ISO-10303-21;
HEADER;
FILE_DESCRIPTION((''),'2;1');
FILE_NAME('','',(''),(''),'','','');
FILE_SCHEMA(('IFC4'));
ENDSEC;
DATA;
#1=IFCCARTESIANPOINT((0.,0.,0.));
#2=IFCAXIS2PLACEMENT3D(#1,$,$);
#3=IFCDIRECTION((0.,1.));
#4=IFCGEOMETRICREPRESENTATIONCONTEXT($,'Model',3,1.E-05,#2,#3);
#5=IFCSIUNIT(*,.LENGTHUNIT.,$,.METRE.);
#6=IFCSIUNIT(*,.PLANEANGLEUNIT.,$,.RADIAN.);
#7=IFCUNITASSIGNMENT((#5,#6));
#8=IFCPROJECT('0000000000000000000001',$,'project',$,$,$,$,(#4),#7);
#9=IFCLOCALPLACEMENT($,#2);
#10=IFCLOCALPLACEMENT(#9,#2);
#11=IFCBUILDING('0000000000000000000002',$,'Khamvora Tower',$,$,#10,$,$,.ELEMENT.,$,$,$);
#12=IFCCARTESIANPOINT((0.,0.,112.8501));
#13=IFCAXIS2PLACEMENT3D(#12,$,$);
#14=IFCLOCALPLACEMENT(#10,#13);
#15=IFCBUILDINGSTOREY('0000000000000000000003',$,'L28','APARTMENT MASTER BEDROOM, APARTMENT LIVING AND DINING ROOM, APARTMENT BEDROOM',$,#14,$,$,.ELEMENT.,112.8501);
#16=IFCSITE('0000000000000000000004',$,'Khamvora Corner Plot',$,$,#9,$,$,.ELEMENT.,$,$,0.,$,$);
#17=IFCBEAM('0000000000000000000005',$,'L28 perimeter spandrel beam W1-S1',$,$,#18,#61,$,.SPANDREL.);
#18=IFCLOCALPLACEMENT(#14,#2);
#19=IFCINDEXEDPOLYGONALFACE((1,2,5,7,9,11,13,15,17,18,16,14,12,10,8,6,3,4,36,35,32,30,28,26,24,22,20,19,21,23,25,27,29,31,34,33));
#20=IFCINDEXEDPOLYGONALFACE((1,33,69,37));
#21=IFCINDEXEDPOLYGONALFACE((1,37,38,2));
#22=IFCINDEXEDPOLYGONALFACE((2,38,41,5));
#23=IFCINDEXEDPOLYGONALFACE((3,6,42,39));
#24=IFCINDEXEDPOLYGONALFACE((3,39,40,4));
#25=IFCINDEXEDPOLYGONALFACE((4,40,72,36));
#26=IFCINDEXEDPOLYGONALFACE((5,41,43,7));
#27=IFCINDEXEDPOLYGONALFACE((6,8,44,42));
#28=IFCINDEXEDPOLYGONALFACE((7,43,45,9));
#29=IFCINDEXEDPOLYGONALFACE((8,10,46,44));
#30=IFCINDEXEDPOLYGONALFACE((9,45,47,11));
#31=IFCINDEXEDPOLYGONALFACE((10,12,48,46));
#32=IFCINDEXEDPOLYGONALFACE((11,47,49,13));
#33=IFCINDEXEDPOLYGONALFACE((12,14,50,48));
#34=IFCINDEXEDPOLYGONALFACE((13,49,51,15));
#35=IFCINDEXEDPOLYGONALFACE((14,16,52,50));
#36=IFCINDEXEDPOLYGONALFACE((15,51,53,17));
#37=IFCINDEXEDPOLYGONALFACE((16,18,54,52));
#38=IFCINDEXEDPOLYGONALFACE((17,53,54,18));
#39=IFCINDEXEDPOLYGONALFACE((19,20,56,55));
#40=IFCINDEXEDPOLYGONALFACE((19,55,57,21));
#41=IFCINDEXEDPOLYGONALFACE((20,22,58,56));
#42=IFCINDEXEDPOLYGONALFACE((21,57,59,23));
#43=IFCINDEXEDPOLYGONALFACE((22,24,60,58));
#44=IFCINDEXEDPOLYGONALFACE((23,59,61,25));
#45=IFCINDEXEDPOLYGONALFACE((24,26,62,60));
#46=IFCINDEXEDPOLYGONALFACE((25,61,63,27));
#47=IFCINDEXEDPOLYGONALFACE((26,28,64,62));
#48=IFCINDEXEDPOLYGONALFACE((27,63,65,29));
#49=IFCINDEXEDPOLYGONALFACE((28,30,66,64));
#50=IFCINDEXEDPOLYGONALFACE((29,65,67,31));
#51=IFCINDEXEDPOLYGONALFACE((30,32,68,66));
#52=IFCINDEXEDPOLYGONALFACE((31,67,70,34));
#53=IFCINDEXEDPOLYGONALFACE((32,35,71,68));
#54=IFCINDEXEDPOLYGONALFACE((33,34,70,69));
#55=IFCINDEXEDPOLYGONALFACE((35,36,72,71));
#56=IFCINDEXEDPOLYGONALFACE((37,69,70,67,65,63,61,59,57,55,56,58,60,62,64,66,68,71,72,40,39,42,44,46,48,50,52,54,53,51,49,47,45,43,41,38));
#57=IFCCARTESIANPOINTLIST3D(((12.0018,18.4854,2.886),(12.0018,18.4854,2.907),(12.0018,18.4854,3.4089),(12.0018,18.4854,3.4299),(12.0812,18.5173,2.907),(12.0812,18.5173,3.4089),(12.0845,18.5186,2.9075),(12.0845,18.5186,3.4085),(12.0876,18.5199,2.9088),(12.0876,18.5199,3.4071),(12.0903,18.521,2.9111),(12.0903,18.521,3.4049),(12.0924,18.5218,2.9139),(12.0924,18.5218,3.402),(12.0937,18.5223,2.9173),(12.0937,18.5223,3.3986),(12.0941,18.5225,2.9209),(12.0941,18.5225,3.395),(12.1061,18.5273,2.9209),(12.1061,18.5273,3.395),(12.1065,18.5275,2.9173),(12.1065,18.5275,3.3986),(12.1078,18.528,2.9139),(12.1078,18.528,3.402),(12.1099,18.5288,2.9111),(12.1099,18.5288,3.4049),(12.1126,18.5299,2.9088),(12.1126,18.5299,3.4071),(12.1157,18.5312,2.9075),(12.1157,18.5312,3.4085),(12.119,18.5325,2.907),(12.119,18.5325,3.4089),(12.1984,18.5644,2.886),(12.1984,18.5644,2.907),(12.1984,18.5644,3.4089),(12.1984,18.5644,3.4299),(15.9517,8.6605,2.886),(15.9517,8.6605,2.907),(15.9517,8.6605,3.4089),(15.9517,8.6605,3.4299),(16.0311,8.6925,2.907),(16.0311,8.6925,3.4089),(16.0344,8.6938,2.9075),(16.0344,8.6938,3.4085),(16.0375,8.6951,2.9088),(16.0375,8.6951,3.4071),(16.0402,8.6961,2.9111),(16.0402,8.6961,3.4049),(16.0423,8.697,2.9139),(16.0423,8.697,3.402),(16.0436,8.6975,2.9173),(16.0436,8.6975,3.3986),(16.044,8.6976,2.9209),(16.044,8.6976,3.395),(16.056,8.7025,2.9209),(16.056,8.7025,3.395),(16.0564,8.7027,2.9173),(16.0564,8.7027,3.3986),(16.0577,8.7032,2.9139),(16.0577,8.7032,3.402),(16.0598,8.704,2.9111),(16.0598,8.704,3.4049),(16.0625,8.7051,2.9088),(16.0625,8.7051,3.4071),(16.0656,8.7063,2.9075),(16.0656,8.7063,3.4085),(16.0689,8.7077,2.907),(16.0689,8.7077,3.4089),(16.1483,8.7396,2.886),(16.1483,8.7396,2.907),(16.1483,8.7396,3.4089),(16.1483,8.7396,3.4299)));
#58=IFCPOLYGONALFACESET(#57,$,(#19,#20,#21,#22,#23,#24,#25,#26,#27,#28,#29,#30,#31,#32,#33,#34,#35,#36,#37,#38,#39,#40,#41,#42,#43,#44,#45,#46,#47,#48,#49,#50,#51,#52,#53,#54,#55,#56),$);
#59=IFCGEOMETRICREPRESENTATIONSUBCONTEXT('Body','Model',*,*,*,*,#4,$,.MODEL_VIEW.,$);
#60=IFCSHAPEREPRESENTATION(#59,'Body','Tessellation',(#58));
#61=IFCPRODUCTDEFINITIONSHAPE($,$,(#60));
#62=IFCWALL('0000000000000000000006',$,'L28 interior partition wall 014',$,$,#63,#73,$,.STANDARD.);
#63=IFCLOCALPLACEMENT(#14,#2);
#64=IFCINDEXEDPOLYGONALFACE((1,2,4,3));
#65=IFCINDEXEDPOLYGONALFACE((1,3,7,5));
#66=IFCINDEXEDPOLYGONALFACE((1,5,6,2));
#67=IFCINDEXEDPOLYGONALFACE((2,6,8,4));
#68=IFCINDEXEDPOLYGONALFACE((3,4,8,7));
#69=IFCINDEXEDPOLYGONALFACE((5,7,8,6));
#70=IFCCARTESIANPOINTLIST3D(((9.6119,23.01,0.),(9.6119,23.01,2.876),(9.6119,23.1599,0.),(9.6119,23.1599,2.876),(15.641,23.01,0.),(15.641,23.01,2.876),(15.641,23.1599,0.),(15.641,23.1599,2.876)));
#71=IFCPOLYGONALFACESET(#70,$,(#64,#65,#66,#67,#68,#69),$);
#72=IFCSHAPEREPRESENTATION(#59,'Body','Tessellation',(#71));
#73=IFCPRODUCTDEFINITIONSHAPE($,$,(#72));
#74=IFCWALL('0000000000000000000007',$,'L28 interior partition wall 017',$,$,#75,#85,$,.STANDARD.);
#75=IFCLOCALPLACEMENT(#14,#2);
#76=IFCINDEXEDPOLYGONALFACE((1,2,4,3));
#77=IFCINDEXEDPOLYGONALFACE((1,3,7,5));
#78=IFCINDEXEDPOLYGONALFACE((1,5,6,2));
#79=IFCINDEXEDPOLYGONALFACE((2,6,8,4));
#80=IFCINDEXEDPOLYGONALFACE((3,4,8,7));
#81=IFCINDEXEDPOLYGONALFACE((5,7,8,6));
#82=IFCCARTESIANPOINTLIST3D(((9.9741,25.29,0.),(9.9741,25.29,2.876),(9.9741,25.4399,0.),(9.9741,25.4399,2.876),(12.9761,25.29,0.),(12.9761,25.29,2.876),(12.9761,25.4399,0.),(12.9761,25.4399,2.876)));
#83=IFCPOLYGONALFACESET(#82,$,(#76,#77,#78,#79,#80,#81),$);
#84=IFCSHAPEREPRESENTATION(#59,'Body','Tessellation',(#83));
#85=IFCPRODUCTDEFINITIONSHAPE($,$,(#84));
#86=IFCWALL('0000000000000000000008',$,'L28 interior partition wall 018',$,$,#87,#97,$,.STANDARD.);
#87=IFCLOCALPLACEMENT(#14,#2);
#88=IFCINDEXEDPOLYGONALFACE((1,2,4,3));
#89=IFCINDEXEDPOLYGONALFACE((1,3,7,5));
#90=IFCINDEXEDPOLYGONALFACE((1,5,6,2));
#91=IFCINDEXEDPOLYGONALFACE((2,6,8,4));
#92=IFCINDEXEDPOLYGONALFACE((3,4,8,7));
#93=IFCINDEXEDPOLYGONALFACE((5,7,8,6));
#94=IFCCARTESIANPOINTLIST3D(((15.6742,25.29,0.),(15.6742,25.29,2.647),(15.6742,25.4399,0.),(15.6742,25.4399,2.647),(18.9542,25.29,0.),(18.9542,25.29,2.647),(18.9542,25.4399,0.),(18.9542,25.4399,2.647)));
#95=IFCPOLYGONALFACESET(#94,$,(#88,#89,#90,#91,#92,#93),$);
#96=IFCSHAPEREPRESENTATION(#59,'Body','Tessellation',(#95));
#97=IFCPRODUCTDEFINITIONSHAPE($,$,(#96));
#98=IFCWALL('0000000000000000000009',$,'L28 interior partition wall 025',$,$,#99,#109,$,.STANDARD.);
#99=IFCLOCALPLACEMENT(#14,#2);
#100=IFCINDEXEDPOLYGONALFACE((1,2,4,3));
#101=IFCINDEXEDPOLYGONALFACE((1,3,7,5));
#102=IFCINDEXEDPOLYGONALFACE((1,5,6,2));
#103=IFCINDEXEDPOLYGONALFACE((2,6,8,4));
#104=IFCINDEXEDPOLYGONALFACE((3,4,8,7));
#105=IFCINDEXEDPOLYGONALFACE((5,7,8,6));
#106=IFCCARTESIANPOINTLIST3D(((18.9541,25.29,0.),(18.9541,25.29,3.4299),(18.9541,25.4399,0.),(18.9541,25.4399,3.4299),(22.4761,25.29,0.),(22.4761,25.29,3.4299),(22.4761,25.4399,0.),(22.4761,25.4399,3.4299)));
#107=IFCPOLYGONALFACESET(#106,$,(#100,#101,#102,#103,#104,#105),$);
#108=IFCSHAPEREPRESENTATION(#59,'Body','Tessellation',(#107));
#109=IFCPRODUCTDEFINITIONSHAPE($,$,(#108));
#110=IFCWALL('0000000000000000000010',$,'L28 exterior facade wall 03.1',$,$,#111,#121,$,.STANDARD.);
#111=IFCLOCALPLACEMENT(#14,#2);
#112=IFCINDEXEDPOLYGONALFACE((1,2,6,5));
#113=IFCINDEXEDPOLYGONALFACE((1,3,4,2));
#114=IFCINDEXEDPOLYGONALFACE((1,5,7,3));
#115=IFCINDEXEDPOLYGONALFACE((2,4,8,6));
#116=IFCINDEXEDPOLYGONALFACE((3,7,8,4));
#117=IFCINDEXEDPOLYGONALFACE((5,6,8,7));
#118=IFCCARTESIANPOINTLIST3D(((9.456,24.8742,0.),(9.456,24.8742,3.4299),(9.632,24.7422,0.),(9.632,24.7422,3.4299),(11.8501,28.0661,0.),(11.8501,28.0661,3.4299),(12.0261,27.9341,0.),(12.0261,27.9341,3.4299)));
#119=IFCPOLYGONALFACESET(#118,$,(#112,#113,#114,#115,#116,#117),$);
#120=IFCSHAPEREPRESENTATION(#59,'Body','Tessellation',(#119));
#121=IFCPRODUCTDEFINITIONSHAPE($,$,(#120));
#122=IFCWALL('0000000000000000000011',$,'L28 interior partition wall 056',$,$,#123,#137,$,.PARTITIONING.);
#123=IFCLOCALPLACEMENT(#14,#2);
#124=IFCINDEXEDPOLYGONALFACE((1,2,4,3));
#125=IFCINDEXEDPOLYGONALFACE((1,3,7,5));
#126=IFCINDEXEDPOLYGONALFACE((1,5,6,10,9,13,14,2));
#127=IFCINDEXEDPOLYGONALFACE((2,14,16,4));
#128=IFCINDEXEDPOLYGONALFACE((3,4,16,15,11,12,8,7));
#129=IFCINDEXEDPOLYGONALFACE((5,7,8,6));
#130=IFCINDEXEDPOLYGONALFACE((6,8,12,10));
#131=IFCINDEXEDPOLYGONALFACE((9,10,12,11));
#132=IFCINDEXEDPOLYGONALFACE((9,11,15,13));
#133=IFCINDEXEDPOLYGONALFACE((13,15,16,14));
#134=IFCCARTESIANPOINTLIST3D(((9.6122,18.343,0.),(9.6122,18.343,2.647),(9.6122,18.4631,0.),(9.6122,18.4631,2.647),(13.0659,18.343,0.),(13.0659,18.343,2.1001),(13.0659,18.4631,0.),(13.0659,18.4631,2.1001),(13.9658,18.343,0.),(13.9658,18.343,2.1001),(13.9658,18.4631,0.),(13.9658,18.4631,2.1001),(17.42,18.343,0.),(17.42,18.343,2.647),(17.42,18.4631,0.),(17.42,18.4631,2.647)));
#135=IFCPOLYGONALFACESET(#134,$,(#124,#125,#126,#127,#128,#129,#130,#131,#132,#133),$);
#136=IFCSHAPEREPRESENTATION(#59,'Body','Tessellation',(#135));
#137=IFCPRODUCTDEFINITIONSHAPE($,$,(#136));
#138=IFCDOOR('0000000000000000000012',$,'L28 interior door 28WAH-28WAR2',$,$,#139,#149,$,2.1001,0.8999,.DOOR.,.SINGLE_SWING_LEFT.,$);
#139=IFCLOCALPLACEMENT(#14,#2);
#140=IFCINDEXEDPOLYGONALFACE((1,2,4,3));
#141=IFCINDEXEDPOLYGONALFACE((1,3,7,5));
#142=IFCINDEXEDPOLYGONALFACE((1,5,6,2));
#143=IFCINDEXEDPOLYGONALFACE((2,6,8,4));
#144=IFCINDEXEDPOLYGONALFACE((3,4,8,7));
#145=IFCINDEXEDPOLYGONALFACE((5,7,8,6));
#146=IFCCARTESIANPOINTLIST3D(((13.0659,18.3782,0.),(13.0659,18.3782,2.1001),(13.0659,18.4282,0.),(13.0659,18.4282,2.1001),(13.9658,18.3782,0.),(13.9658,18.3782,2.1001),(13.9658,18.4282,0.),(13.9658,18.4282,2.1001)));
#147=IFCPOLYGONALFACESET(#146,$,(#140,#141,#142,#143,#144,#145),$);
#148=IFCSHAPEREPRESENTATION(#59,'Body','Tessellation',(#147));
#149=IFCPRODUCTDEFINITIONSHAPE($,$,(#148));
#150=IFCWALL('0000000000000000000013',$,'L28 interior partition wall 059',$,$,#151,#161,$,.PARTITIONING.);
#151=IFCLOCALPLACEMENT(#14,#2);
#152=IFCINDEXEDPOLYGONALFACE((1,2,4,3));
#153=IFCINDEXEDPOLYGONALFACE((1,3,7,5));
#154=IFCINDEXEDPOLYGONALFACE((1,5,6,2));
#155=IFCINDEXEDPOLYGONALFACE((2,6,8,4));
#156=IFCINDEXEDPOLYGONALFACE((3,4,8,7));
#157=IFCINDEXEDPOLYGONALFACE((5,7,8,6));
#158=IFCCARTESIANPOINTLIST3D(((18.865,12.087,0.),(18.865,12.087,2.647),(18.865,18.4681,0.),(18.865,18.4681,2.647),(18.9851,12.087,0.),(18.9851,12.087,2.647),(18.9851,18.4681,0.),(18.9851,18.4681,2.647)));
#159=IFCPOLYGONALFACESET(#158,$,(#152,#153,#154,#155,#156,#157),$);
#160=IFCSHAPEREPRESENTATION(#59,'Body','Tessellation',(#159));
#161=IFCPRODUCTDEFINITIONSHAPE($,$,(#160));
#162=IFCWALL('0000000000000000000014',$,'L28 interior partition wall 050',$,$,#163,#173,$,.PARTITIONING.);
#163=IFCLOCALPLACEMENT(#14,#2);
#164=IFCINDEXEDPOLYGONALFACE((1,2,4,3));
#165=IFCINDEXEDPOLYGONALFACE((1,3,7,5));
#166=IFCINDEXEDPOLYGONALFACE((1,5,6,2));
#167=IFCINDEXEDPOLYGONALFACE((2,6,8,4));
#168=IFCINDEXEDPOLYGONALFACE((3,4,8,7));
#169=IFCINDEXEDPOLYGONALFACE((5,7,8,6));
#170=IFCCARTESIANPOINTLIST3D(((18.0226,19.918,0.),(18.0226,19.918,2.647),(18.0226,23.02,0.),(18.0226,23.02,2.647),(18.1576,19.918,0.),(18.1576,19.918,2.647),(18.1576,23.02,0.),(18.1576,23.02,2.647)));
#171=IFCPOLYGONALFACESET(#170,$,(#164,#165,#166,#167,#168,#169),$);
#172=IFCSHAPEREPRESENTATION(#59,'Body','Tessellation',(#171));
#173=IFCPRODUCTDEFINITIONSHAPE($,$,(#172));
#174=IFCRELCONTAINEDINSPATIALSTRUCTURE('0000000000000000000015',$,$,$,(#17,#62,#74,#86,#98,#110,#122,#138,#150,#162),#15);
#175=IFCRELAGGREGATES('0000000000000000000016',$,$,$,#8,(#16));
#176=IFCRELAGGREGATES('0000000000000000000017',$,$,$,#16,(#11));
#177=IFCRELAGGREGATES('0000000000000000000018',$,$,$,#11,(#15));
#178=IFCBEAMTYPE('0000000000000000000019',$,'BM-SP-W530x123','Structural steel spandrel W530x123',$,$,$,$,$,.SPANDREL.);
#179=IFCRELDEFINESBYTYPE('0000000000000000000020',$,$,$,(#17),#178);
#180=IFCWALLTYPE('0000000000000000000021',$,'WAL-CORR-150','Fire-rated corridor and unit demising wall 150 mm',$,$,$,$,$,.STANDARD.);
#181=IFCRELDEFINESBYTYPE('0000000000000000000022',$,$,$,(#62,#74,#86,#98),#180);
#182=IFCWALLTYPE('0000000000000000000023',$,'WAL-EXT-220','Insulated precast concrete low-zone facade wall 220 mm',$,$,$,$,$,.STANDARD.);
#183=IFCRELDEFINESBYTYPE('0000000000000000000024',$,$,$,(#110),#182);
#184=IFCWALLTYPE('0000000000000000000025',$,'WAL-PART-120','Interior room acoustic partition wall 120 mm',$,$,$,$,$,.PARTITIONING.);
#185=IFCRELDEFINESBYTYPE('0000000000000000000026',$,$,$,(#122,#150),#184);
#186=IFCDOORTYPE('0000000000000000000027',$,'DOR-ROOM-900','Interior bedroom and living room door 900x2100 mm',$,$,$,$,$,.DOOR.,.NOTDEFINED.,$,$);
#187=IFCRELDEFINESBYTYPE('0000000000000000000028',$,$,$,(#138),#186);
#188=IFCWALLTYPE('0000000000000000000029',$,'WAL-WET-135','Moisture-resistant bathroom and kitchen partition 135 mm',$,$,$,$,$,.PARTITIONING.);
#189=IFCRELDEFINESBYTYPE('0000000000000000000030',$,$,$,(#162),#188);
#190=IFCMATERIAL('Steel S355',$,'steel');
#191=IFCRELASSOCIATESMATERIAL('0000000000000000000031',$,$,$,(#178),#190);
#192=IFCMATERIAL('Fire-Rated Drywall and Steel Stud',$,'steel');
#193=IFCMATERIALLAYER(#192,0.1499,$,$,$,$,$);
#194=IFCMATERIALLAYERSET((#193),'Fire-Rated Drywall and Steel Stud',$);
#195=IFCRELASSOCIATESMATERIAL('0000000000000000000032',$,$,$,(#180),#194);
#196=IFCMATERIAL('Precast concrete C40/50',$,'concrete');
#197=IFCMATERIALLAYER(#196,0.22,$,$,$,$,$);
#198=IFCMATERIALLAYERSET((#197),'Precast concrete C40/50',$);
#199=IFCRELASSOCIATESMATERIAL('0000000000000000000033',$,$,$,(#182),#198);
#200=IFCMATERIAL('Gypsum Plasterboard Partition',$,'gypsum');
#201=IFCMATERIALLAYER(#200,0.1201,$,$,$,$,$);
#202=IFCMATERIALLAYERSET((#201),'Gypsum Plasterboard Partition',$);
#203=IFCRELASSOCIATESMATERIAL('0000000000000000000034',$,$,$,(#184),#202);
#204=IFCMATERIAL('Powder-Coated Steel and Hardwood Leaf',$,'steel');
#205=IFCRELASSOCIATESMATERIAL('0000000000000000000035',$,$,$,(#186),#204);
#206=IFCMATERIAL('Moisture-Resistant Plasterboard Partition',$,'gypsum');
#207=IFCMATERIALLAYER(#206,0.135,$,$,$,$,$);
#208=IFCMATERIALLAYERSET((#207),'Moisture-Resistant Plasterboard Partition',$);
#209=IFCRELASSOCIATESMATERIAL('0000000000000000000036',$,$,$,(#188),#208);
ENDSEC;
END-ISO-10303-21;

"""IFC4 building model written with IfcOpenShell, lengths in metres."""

from ifc_helpers import new_model, si_unit, direction, frame, frame_2d, origin, origin_2d, place, context, subcontext, project, spatial, rectangle, i_section, extrude, material, layer, layer_set, material_profile, profile_set, type_object, element, fill, save


model = new_model("IFC4")

# Units and contexts
model_context = context("Model", 3, precision=1e-05, world=origin(), true_north=direction((0.0, 1.0)))
body_context = subcontext(model_context, "Body", "Model", "MODEL_VIEW")
ifc_project = project(units=[si_unit("LENGTHUNIT", "METRE"), si_unit("PLANEANGLEUNIT", "RADIAN")], contexts=[model_context])

# Site, building, storey
site_placement = place(None, origin())
site = spatial("IfcSite", under=ifc_project, at=site_placement, Name="Khamvora Corner Plot", CompositionType="ELEMENT", RefElevation=0.0)
building_placement = place(site_placement, origin())
building = spatial("IfcBuilding", under=site, at=building_placement, Name="Khamvora Tower", CompositionType="ELEMENT")
storey_placement = place(building_placement, frame((0.0, 0.0, 112.8501)))
storey = spatial("IfcBuildingStorey", under=building, at=storey_placement, Name="L28", Description="APARTMENT MASTER BEDROOM, APARTMENT LIVING AND DINING ROOM, APARTMENT BEDROOM", CompositionType="ELEMENT", Elevation=112.8501)

# Shared definitions
ifc_material_1 = material(Name="Steel S355", Category="steel")

# Beam
ifc_material_profile_1 = material_profile(ifc_material_1, i_section(OverallWidth=0.2119, OverallDepth=0.5439, WebThickness=0.0129, FlangeThickness=0.021, FilletRadius=0.0139, at=origin_2d()), Name="W530x123")
ifc_profile_set_1 = profile_set([ifc_material_profile_1], Name="Steel S355")
beam_type_1 = type_object("IfcBeamType", Name="BM-SP-W530x123", Description="Structural steel spandrel W530x123", PredefinedType="SPANDREL", material=ifc_profile_set_1)
beam_1_placement = place(storey_placement, frame((12.1001, 18.5249, 3.158), z_axis=(0.373016, -0.927825, 0.0), x_axis=(0.927825, 0.373016, 0.0)))
element("IfcBeam", 1, at=beam_1_placement, inside=storey, type_object=beam_type_1, Name="L28 perimeter spandrel beam W1-S1", PredefinedType="SPANDREL", context=body_context, shape_type="SweptSolid", body=[
    extrude(i_section(OverallWidth=0.2119, OverallDepth=0.5439, WebThickness=0.0129, FlangeThickness=0.021, FilletRadius=0.0139, at=origin_2d()), origin(), (0.0, 0.0, 1.0), 10.5891),
])

# Shared definitions
ifc_material_2 = material(Name="Fire-Rated Drywall and Steel Stud", Category="steel")
ifc_layer_1 = layer(ifc_material_2, 0.1499)
ifc_layer_set_1 = layer_set([ifc_layer_1], Name="Fire-Rated Drywall and Steel Stud")
wall_type_1 = type_object("IfcWallType", Name="WAL-CORR-150", Description="Fire-rated corridor and unit demising wall 150 mm", PredefinedType="STANDARD", material=ifc_layer_set_1)
ifc_material_3 = material(Name="Powder-Coated Steel and Hardwood Leaf", Category="steel")

# Wall
wall_1_placement = place(storey_placement, frame((15.6411, 23.085, 0.0), z_axis=(0.0, 0.0, 1.0), x_axis=(-1.0, 0.0, 0.0)))
element("IfcWall", 2, at=wall_1_placement, inside=storey, type_object=wall_type_1, Name="L28 interior partition wall 014", PredefinedType="STANDARD", context=body_context, shape_type="SweptSolid", body=[
    extrude(rectangle(XDim=6.0291, YDim=0.1499, at=frame_2d((3.0146, 0.0))), origin(), (0.0, 0.0, 1.0), 2.876),
])

# Walls
wall_2_placement = place(storey_placement, frame((9.9741, 25.365, 0.0), z_axis=(0.0, 0.0, 1.0), x_axis=(1.0, 0.0, 0.0)))
element("IfcWall", 3, at=wall_2_placement, inside=storey, type_object=wall_type_1, Name="L28 interior partition wall 017", PredefinedType="STANDARD", context=body_context, shape_type="SweptSolid", body=[
    extrude(rectangle(XDim=3.002, YDim=0.1499, at=frame_2d((1.501, 0.0))), origin(), (0.0, 0.0, 1.0), 2.876),
])
wall_3_placement = place(storey_placement, frame((15.6741, 25.365, 0.0), z_axis=(0.0, 0.0, 1.0), x_axis=(1.0, 0.0, 0.0)))
element("IfcWall", 4, at=wall_3_placement, inside=storey, type_object=wall_type_1, Name="L28 interior partition wall 018", PredefinedType="STANDARD", context=body_context, shape_type="SweptSolid", body=[
    extrude(rectangle(XDim=3.28, YDim=0.1499, at=frame_2d((1.6401, 0.0))), origin(), (0.0, 0.0, 1.0), 2.647),
])
wall_4_placement = place(storey_placement, frame((18.9541, 25.365, 0.0), z_axis=(0.0, 0.0, 1.0), x_axis=(1.0, 0.0, 0.0)))
element("IfcWall", 5, at=wall_4_placement, inside=storey, type_object=wall_type_1, Name="L28 interior partition wall 025", PredefinedType="STANDARD", context=body_context, shape_type="SweptSolid", body=[
    extrude(rectangle(XDim=3.522, YDim=0.1499, at=frame_2d((1.761, 0.0))), origin(), (0.0, 0.0, 1.0), 3.4299),
])
ifc_material_4 = material(Name="Precast concrete C40/50", Category="concrete")
ifc_layer_2 = layer(ifc_material_4, 0.22)
ifc_layer_set_2 = layer_set([ifc_layer_2], Name="Precast concrete C40/50")
wall_type_2 = type_object("IfcWallType", Name="WAL-EXT-220", Description="Insulated precast concrete low-zone facade wall 220 mm", PredefinedType="STANDARD", material=ifc_layer_set_2)
wall_5_placement = place(storey_placement, frame((9.5439, 24.8081, 0.0), z_axis=(0.0, 0.0, 1.0), x_axis=(0.60002, 0.799985, 0.0)))
element("IfcWall", 6, at=wall_5_placement, inside=storey, type_object=wall_type_2, Name="L28 exterior facade wall 03.1", PredefinedType="STANDARD", context=body_context, shape_type="SweptSolid", body=[
    extrude(rectangle(XDim=3.99, YDim=0.22, at=frame_2d((1.9951, 0.0))), origin(), (0.0, 0.0, 1.0), 3.4299),
])

# Wall, opening, door
ifc_material_5 = material(Name="Gypsum Plasterboard Partition", Category="gypsum")
ifc_layer_3 = layer(ifc_material_5, 0.1201)
ifc_layer_set_3 = layer_set([ifc_layer_3], Name="Gypsum Plasterboard Partition")
wall_type_3 = type_object("IfcWallType", Name="WAL-PART-120", Description="Interior room acoustic partition wall 120 mm", PredefinedType="PARTITIONING", material=ifc_layer_set_3)
wall_6_placement = place(storey_placement, frame((17.4199, 18.4031, 0.0), z_axis=(0.0, 0.0, 1.0), x_axis=(-1.0, 0.0, 0.0)))
wall_6 = element("IfcWall", 7, at=wall_6_placement, inside=storey, type_object=wall_type_3, Name="L28 interior partition wall 056", PredefinedType="PARTITIONING", context=body_context, shape_type="SweptSolid", body=[
    extrude(rectangle(XDim=7.8079, YDim=0.1201, at=frame_2d((3.9038, 0.0))), origin(), (0.0, 0.0, 1.0), 2.647),
])
opening_1_placement = place(wall_6_placement, frame((3.4541, 0.0, 0.0)))
opening_1 = element("IfcOpeningElement", 8, at=opening_1_placement, cuts=wall_6, PredefinedType="OPENING", context=body_context, shape_type="SweptSolid", body=[
    extrude(rectangle(XDim=0.8999, YDim=2.1001, at=frame_2d((0.45, 1.05))), frame((0.0, 0.0701, 0.0), z_axis=(0.0, -1.0, 0.0), x_axis=(1.0, 0.0, 0.0)), (0.0, 0.0, 1.0), 0.1401),
])
door_type_1 = type_object("IfcDoorType", Name="DOR-ROOM-900", Description="Interior bedroom and living room door 900x2100 mm", OperationType="NOTDEFINED", PredefinedType="DOOR", material=ifc_material_3)
door_1_placement = place(opening_1_placement, origin())
door_1 = element("IfcDoor", 9, at=door_1_placement, inside=storey, type_object=door_type_1, Name="L28 interior door 28WAH-28WAR2", OperationType="SINGLE_SWING_LEFT", OverallHeight=2.1001, OverallWidth=0.8999, PredefinedType="DOOR", context=body_context, shape_type="SweptSolid", body=[
    extrude(rectangle(XDim=0.8999, YDim=2.1001, at=frame_2d((0.45, 1.05))), frame((0.0, 0.0249, 0.0), z_axis=(0.0, -1.0, 0.0), x_axis=(1.0, 0.0, 0.0)), (0.0, 0.0, 1.0), 0.05),
])
fill(opening_1, door_1)

# Walls
wall_7_placement = place(storey_placement, frame((18.925, 18.468, 0.0), z_axis=(0.0, 0.0, 1.0), x_axis=(0.0, -1.0, 0.0)))
element("IfcWall", 10, at=wall_7_placement, inside=storey, type_object=wall_type_3, Name="L28 interior partition wall 059", PredefinedType="PARTITIONING", context=body_context, shape_type="SweptSolid", body=[
    extrude(rectangle(XDim=6.3811, YDim=0.1201, at=frame_2d((3.1904, 0.0))), origin(), (0.0, 0.0, 1.0), 2.647),
])
ifc_material_6 = material(Name="Moisture-Resistant Plasterboard Partition", Category="gypsum")
ifc_layer_4 = layer(ifc_material_6, 0.135)
ifc_layer_set_4 = layer_set([ifc_layer_4], Name="Moisture-Resistant Plasterboard Partition")
wall_type_4 = type_object("IfcWallType", Name="WAL-WET-135", Description="Moisture-resistant bathroom and kitchen partition 135 mm", PredefinedType="PARTITIONING", material=ifc_layer_set_4)
wall_8_placement = place(storey_placement, frame((18.0901, 23.02, 0.0), z_axis=(0.0, 0.0, 1.0), x_axis=(0.0, -1.0, 0.0)))
element("IfcWall", 11, at=wall_8_placement, inside=storey, type_object=wall_type_4, Name="L28 interior partition wall 050", PredefinedType="PARTITIONING", context=body_context, shape_type="SweptSolid", body=[
    extrude(rectangle(XDim=3.1021, YDim=0.135, at=frame_2d((1.551, 0.0))), origin(), (0.0, 0.0, 1.0), 2.647),
])

save(model, "model.ifc")
